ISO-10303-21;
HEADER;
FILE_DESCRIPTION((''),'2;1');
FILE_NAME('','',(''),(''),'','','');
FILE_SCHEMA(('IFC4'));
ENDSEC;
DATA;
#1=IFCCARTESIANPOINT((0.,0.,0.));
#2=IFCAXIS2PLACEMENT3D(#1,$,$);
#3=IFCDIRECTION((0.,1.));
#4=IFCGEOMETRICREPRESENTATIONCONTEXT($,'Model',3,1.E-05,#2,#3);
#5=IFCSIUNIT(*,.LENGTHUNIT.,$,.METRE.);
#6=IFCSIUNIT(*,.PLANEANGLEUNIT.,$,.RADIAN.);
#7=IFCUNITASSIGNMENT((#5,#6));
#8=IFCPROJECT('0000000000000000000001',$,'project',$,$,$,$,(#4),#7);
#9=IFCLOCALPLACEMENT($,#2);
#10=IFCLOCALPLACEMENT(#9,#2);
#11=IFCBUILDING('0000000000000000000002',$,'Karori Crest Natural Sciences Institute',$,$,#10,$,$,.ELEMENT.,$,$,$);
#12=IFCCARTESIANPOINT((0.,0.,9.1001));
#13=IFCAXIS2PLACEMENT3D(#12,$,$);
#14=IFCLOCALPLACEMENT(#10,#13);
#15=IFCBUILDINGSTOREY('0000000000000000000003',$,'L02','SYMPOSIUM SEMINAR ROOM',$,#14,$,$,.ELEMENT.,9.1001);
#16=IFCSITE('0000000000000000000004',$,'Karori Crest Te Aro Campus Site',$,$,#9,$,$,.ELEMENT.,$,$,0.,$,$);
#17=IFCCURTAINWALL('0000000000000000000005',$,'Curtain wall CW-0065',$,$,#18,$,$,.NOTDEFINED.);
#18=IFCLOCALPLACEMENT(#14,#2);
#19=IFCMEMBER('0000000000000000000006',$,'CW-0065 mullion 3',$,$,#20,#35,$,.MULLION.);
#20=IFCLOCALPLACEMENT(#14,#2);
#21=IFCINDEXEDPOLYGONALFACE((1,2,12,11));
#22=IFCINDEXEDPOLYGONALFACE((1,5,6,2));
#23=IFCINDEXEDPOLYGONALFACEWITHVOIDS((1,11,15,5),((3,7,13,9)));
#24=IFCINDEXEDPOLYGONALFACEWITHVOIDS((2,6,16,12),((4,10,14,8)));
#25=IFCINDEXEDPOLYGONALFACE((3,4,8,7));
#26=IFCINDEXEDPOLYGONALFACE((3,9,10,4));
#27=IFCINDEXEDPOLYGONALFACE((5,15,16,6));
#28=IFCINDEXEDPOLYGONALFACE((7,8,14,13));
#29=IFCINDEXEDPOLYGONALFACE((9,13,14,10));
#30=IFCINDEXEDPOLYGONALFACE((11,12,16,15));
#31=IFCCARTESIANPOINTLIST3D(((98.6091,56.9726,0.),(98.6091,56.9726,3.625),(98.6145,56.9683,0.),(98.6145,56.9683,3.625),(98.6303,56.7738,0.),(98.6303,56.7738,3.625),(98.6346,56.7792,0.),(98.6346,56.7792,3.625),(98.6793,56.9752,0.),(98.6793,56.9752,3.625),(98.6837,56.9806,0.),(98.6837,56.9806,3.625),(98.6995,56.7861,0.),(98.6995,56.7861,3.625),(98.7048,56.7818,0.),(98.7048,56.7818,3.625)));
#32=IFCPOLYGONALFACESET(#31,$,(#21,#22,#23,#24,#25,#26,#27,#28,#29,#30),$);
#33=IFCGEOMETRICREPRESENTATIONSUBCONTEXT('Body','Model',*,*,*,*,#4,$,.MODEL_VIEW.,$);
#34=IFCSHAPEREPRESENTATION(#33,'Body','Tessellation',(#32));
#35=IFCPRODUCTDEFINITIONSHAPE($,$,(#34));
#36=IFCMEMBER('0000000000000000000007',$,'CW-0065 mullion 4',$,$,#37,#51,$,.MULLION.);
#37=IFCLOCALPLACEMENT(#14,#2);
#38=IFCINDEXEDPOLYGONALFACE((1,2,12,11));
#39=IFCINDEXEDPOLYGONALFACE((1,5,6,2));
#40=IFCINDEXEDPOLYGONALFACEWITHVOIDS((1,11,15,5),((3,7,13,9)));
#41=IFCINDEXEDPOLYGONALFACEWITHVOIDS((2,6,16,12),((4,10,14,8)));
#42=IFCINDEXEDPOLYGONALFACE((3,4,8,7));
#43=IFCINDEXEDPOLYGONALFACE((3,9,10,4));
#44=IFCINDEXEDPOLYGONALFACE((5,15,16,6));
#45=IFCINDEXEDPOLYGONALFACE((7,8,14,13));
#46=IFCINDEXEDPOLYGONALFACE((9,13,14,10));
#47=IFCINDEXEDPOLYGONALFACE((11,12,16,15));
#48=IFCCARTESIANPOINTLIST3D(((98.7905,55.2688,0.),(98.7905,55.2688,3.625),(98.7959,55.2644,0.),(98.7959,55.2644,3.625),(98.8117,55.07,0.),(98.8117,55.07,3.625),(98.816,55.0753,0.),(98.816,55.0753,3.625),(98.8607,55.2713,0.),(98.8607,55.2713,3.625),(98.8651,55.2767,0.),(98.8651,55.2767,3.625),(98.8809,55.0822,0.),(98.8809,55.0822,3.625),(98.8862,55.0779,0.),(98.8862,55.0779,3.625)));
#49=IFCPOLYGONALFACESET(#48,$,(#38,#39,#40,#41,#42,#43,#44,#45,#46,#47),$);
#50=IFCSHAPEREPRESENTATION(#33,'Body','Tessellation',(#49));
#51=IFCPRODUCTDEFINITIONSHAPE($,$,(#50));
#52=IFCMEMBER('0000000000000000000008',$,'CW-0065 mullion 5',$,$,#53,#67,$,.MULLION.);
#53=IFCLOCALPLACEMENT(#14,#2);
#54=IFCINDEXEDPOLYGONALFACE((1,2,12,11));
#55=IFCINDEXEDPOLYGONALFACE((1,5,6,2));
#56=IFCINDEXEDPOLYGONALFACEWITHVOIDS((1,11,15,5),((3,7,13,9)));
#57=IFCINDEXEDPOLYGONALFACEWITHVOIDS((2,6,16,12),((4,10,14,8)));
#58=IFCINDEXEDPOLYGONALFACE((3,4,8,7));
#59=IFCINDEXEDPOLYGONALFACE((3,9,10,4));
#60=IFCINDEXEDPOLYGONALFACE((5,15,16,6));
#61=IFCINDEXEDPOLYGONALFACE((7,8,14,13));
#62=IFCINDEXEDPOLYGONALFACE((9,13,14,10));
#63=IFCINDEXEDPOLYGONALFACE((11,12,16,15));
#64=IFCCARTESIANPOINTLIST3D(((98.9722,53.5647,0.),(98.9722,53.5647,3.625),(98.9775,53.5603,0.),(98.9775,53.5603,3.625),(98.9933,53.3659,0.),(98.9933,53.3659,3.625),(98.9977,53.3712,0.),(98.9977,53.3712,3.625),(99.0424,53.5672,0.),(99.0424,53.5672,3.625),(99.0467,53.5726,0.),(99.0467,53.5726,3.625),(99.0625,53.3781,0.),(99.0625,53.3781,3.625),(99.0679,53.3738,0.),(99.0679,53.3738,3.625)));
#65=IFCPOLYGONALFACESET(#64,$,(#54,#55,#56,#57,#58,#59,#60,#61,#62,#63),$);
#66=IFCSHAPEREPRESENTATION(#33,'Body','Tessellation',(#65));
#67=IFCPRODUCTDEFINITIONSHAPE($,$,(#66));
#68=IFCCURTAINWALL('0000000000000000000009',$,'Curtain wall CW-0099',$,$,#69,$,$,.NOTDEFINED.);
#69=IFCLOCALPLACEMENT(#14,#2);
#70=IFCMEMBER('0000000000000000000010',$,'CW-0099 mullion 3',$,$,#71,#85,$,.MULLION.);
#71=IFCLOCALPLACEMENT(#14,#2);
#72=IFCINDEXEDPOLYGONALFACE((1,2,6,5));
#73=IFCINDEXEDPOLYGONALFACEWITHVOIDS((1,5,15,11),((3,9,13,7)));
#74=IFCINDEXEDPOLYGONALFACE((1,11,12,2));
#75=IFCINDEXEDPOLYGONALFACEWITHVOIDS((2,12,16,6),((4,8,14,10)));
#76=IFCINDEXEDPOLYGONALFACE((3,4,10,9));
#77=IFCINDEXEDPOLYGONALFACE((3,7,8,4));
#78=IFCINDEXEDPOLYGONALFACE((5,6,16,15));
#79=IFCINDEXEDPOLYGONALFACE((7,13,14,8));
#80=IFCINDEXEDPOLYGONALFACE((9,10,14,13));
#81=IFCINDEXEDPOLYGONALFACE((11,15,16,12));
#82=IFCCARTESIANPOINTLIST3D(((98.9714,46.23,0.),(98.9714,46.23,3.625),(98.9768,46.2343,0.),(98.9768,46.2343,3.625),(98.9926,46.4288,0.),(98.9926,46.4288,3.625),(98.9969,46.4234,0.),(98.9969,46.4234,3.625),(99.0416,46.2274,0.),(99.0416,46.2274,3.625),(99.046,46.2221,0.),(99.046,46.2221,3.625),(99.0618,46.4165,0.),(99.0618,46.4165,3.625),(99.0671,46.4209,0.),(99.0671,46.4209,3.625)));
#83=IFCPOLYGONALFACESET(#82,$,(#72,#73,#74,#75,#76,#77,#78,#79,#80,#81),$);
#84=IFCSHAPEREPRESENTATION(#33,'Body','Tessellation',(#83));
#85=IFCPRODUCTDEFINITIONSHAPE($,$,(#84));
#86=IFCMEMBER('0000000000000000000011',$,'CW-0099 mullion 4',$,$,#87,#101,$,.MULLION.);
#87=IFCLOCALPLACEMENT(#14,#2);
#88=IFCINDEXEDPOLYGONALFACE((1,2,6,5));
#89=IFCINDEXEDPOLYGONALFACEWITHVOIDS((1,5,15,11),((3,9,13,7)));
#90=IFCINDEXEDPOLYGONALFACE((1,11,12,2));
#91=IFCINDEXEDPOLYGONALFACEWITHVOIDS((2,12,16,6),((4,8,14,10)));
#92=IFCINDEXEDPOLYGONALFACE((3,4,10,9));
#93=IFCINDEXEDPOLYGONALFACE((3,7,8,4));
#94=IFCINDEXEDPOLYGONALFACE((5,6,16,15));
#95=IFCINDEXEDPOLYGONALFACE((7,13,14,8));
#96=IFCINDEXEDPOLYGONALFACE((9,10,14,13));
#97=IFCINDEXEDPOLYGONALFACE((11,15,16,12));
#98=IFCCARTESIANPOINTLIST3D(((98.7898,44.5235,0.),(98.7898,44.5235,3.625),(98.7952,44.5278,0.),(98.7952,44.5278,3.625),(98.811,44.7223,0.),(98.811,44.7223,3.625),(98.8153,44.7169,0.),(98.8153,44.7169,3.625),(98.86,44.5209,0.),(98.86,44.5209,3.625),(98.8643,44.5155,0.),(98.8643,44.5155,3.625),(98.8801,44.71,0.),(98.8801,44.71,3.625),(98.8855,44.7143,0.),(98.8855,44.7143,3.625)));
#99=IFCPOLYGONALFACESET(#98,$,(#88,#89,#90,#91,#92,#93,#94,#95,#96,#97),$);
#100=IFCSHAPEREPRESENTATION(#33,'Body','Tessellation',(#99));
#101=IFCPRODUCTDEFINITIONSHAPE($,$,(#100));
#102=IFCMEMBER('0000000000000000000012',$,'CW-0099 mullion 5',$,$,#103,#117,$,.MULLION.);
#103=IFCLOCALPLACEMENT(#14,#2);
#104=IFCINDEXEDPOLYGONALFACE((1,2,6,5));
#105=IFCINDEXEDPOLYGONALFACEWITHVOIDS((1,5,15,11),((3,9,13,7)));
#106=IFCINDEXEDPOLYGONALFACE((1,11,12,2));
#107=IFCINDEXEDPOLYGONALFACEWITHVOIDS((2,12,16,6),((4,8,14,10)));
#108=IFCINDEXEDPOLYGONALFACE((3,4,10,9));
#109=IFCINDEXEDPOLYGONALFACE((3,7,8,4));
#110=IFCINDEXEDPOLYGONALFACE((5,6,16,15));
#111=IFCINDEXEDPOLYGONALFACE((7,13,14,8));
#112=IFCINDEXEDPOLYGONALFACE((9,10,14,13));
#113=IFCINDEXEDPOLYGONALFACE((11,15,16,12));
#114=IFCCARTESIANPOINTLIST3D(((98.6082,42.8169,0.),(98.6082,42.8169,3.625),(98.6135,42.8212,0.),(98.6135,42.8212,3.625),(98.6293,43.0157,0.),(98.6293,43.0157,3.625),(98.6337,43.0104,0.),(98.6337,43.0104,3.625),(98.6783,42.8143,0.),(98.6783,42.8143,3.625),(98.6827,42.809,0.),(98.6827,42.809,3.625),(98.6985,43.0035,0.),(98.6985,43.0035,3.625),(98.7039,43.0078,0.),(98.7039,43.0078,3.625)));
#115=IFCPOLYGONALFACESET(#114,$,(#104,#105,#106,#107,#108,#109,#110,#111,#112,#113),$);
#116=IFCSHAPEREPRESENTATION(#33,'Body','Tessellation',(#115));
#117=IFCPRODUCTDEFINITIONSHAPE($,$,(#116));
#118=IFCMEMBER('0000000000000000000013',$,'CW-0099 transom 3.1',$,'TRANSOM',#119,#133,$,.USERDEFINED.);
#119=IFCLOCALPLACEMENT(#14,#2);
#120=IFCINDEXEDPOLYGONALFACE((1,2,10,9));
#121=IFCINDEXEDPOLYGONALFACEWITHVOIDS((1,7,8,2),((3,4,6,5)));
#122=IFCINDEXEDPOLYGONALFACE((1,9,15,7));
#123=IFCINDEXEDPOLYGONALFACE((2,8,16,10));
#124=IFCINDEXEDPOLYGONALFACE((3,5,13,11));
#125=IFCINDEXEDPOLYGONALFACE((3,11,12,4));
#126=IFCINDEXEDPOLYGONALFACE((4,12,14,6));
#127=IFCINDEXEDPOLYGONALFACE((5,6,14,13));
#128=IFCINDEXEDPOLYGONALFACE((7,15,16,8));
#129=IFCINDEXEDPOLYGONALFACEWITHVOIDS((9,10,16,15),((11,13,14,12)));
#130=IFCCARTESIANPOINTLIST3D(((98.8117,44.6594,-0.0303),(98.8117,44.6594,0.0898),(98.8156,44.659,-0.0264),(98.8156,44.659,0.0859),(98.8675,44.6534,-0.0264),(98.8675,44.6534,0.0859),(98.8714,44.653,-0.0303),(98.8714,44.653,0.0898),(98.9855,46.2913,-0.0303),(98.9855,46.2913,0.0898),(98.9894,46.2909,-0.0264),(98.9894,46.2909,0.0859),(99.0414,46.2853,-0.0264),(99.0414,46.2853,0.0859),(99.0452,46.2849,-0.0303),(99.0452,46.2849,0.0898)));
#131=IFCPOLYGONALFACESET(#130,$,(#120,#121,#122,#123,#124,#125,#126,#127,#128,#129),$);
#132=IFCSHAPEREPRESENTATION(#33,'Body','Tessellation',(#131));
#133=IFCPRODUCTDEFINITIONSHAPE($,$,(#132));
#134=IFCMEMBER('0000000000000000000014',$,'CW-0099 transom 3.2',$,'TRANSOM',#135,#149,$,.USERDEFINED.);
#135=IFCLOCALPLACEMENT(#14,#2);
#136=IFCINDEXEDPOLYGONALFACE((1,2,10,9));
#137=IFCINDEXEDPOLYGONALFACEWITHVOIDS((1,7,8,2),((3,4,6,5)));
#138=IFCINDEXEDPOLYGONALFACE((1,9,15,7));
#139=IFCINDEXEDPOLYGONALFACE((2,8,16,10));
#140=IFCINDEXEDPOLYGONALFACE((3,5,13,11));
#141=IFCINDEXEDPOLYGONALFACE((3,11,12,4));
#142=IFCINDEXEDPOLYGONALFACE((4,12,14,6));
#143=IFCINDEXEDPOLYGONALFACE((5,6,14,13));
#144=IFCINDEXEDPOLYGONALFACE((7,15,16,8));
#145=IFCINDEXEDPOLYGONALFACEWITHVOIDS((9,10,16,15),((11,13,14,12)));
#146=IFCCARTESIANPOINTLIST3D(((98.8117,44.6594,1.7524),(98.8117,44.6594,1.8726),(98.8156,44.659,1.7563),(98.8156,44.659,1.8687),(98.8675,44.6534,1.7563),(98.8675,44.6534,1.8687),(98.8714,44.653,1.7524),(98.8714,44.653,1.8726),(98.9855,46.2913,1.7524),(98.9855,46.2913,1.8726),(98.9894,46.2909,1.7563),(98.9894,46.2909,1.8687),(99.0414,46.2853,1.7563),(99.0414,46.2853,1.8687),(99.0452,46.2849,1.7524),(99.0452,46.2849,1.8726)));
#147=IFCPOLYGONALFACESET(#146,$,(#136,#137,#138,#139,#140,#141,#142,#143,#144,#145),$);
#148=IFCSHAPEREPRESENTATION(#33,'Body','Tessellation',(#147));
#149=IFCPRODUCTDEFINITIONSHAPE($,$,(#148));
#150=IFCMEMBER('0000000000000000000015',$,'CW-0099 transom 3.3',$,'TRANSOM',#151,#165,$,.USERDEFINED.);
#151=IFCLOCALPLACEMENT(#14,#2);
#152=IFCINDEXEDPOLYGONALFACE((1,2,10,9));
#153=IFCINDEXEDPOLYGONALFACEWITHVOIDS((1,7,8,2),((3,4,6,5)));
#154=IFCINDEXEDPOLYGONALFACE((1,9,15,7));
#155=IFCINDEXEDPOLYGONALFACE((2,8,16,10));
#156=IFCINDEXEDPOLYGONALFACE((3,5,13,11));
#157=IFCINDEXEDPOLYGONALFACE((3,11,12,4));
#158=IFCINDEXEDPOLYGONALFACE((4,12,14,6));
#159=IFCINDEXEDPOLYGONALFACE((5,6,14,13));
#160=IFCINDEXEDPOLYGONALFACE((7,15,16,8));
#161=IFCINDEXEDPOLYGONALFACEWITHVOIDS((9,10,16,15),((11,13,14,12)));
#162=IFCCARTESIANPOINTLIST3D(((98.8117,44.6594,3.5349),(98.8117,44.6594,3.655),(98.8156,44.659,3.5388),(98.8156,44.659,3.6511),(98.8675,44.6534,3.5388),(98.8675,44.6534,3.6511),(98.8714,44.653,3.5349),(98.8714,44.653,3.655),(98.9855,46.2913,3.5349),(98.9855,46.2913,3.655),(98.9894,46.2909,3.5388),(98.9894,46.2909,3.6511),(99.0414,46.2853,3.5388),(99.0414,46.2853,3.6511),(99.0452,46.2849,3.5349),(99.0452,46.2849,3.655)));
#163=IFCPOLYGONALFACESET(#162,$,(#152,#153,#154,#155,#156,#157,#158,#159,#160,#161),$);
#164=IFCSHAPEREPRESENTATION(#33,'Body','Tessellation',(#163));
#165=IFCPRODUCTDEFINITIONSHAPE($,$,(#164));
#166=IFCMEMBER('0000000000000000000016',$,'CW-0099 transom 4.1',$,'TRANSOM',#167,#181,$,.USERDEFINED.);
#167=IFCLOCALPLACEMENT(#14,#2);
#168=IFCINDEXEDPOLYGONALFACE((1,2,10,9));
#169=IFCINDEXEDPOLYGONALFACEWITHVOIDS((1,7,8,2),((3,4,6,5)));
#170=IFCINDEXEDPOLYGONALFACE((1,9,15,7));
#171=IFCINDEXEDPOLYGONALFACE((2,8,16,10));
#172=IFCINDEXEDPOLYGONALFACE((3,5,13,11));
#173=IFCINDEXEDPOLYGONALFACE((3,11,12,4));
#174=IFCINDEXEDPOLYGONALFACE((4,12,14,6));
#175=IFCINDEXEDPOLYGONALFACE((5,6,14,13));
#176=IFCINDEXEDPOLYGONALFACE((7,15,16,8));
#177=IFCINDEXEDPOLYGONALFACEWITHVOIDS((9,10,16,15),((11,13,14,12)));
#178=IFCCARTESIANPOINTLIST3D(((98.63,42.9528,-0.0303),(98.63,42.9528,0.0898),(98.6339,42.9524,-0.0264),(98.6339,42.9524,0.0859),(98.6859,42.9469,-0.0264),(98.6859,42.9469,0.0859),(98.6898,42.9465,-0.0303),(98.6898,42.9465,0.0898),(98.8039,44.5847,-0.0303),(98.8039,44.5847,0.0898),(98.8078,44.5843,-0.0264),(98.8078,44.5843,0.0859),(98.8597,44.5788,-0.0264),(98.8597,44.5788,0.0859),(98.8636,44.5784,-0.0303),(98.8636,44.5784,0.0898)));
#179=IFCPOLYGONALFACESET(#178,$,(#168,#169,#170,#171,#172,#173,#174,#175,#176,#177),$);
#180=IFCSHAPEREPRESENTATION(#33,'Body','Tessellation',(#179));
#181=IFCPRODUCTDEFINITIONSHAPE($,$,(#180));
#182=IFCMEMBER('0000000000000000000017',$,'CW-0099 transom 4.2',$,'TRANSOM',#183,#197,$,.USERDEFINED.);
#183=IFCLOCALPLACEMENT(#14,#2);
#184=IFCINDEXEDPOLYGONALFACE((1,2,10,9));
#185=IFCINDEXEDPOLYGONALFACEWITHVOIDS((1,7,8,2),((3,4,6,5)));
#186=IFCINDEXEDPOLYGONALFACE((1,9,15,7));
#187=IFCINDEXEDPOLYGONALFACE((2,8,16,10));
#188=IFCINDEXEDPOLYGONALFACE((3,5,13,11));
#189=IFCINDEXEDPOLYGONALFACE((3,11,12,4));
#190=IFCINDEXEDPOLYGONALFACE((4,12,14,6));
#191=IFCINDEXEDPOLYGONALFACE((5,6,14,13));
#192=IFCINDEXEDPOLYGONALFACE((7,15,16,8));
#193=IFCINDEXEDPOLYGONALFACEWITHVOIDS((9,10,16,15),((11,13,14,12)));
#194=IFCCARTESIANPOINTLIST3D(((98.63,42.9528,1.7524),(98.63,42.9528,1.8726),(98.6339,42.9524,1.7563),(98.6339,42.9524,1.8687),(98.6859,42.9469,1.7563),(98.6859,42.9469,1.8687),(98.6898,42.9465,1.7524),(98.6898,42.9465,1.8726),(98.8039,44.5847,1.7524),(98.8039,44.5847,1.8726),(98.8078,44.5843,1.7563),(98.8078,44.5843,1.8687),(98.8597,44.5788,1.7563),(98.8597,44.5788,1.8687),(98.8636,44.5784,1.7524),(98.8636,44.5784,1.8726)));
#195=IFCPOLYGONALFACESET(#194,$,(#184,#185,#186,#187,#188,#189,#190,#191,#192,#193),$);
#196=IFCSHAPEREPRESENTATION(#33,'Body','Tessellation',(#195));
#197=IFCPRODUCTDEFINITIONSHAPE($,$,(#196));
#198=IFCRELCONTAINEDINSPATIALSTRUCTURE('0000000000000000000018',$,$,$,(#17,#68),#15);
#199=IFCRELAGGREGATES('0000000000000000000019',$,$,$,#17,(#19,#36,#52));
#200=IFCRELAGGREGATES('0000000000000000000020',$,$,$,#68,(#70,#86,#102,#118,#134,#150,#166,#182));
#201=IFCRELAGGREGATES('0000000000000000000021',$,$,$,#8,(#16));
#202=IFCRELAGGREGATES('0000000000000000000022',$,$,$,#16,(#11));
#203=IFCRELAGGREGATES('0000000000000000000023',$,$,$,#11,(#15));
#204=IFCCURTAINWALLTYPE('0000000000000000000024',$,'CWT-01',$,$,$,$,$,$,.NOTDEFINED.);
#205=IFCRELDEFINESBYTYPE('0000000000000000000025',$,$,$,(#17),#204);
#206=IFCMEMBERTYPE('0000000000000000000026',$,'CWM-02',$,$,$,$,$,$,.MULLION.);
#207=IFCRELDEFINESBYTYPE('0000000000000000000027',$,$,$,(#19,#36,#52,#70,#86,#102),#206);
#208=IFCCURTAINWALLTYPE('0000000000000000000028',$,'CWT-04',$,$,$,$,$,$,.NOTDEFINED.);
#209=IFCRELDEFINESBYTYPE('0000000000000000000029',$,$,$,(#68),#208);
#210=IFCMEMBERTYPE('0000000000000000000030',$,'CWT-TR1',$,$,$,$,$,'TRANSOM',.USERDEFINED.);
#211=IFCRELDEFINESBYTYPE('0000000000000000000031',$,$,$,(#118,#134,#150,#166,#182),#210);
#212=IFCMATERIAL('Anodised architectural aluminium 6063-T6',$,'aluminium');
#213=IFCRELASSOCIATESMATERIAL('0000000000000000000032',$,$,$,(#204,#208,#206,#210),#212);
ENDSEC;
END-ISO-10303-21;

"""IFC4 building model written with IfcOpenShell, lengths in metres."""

from ifc_helpers import new_model, si_unit, direction, frame, origin, origin_2d, place, context, subcontext, project, spatial, hollow_rectangle, extrude, material, material_profile, profile_set, type_object, element, aggregate, save


model = new_model("IFC4")

# Units and contexts
model_context = context("Model", 3, precision=1e-05, world=origin(), true_north=direction((0.0, 1.0)))
body_context = subcontext(model_context, "Body", "Model", "MODEL_VIEW")
ifc_project = project(units=[si_unit("LENGTHUNIT", "METRE"), si_unit("PLANEANGLEUNIT", "RADIAN")], contexts=[model_context])

# Site, building, storey
site_placement = place(None, origin())
site = spatial("IfcSite", under=ifc_project, at=site_placement, Name="Karori Crest Te Aro Campus Site", CompositionType="ELEMENT", RefElevation=0.0)
building_placement = place(site_placement, origin())
building = spatial("IfcBuilding", under=site, at=building_placement, Name="Karori Crest Natural Sciences Institute", CompositionType="ELEMENT")
storey_placement = place(building_placement, frame((0.0, 0.0, 9.1001)))
storey = spatial("IfcBuildingStorey", under=building, at=storey_placement, Name="L02", Description="SYMPOSIUM SEMINAR ROOM", CompositionType="ELEMENT", Elevation=9.1001)

# Curtain walls, members
ifc_material_1 = material(Name="Anodised architectural aluminium 6063-T6", Category="aluminium")
curtain_wall_type_1 = type_object("IfcCurtainWallType", Name="CWT-01", PredefinedType="NOTDEFINED", material=ifc_material_1)
curtain_wall_1_placement = place(storey_placement, origin())
curtain_wall_1 = element("IfcCurtainWall", 1, at=curtain_wall_1_placement, inside=storey, type_object=curtain_wall_type_1, Name="Curtain wall CW-0065", PredefinedType="NOTDEFINED")
ifc_material_profile_1 = material_profile(ifc_material_1, hollow_rectangle(XDim=0.075, YDim=0.2, WallThickness=0.0049, at=origin_2d()), Name="CWM200x75x5")
ifc_profile_set_1 = profile_set([ifc_material_profile_1], Name="Anodised architectural aluminium 6063-T6")
member_type_1 = type_object("IfcMemberType", Name="CWM-02", PredefinedType="MULLION", material=ifc_profile_set_1)
member_1_placement = place(storey_placement, frame((98.657, 56.8772, 0.0), z_axis=(0.0, 0.0, 1.0), x_axis=(0.994379, 0.105882, 0.0)))
member_1 = element("IfcMember", 2, at=member_1_placement, type_object=member_type_1, Name="CW-0065 mullion 3", PredefinedType="MULLION", context=body_context, shape_type="SweptSolid", body=[
    extrude(hollow_rectangle(XDim=0.075, YDim=0.2, WallThickness=0.0049, at=origin_2d()), origin(), (0.0, 0.0, 1.0), 3.625),
])
member_2_placement = place(storey_placement, frame((98.8384, 55.1733, 0.0), z_axis=(0.0, 0.0, 1.0), x_axis=(0.994379, 0.105882, 0.0)))
member_2 = element("IfcMember", 3, at=member_2_placement, type_object=member_type_1, Name="CW-0065 mullion 4", PredefinedType="MULLION", context=body_context, shape_type="SweptSolid", body=[
    extrude(hollow_rectangle(XDim=0.075, YDim=0.2, WallThickness=0.0049, at=origin_2d()), origin(), (0.0, 0.0, 1.0), 3.625),
])
member_3_placement = place(storey_placement, frame((99.02, 53.4692, 0.0), z_axis=(0.0, 0.0, 1.0), x_axis=(0.994379, 0.105882, 0.0)))
member_3 = element("IfcMember", 4, at=member_3_placement, type_object=member_type_1, Name="CW-0065 mullion 5", PredefinedType="MULLION", context=body_context, shape_type="SweptSolid", body=[
    extrude(hollow_rectangle(XDim=0.075, YDim=0.2, WallThickness=0.0049, at=origin_2d()), origin(), (0.0, 0.0, 1.0), 3.625),
])
curtain_wall_type_2 = type_object("IfcCurtainWallType", Name="CWT-04", PredefinedType="NOTDEFINED", material=ifc_material_1)
curtain_wall_2_placement = place(storey_placement, origin())
curtain_wall_2 = element("IfcCurtainWall", 5, at=curtain_wall_2_placement, inside=storey, type_object=curtain_wall_type_2, Name="Curtain wall CW-0099", PredefinedType="NOTDEFINED")
member_4_placement = place(storey_placement, frame((99.0193, 46.3254, 0.0), z_axis=(0.0, 0.0, 1.0), x_axis=(0.994378, -0.105884, 0.0)))
member_4 = element("IfcMember", 6, at=member_4_placement, type_object=member_type_1, Name="CW-0099 mullion 3", PredefinedType="MULLION", context=body_context, shape_type="SweptSolid", body=[
    extrude(hollow_rectangle(XDim=0.075, YDim=0.2, WallThickness=0.0049, at=origin_2d()), origin(), (0.0, 0.0, 1.0), 3.625),
])
member_5_placement = place(storey_placement, frame((98.8376, 44.6189, 0.0), z_axis=(0.0, 0.0, 1.0), x_axis=(0.994378, -0.105884, 0.0)))
member_5 = element("IfcMember", 7, at=member_5_placement, type_object=member_type_1, Name="CW-0099 mullion 4", PredefinedType="MULLION", context=body_context, shape_type="SweptSolid", body=[
    extrude(hollow_rectangle(XDim=0.075, YDim=0.2, WallThickness=0.0049, at=origin_2d()), origin(), (0.0, 0.0, 1.0), 3.625),
])
member_6_placement = place(storey_placement, frame((98.656, 42.9124, 0.0), z_axis=(0.0, 0.0, 1.0), x_axis=(0.994378, -0.105884, 0.0)))
member_6 = element("IfcMember", 8, at=member_6_placement, type_object=member_type_1, Name="CW-0099 mullion 5", PredefinedType="MULLION", context=body_context, shape_type="SweptSolid", body=[
    extrude(hollow_rectangle(XDim=0.075, YDim=0.2, WallThickness=0.0049, at=origin_2d()), origin(), (0.0, 0.0, 1.0), 3.625),
])
ifc_material_profile_2 = material_profile(ifc_material_1, hollow_rectangle(XDim=0.0601, YDim=0.1201, WallThickness=0.0039, at=origin_2d()), Name="CWT120x60x4")
ifc_profile_set_2 = profile_set([ifc_material_profile_2], Name="Anodised architectural aluminium 6063-T6")
member_type_2 = type_object("IfcMemberType", Name="CWT-TR1", ElementType="TRANSOM", PredefinedType="USERDEFINED", material=ifc_profile_set_2)
member_7_placement = place(storey_placement, frame((99.0154, 46.2881, 0.0298), z_axis=(-0.105924, -0.994374, 0.0), x_axis=(0.994374, -0.105924, 0.0)))
member_7 = element("IfcMember", 9, at=member_7_placement, type_object=member_type_2, Name="CW-0099 transom 3.1", ObjectType="TRANSOM", PredefinedType="USERDEFINED", context=body_context, shape_type="SweptSolid", body=[
    extrude(hollow_rectangle(XDim=0.0601, YDim=0.1201, WallThickness=0.0039, at=origin_2d()), origin(), (0.0, 0.0, 1.0), 1.6411),
])
member_8_placement = place(storey_placement, frame((99.0154, 46.2881, 1.8125), z_axis=(-0.105924, -0.994374, 0.0), x_axis=(0.994374, -0.105924, 0.0)))
member_8 = element("IfcMember", 10, at=member_8_placement, type_object=member_type_2, Name="CW-0099 transom 3.2", ObjectType="TRANSOM", PredefinedType="USERDEFINED", context=body_context, shape_type="SweptSolid", body=[
    extrude(hollow_rectangle(XDim=0.0601, YDim=0.1201, WallThickness=0.0039, at=origin_2d()), origin(), (0.0, 0.0, 1.0), 1.6411),
])
member_9_placement = place(storey_placement, frame((99.0154, 46.2881, 3.595), z_axis=(-0.105924, -0.994374, 0.0), x_axis=(0.994374, -0.105924, 0.0)))
member_9 = element("IfcMember", 11, at=member_9_placement, type_object=member_type_2, Name="CW-0099 transom 3.3", ObjectType="TRANSOM", PredefinedType="USERDEFINED", context=body_context, shape_type="SweptSolid", body=[
    extrude(hollow_rectangle(XDim=0.0601, YDim=0.1201, WallThickness=0.0039, at=origin_2d()), origin(), (0.0, 0.0, 1.0), 1.6411),
])
member_10_placement = place(storey_placement, frame((98.8337, 44.5815, 0.0298), z_axis=(-0.105924, -0.994374, 0.0), x_axis=(0.994374, -0.105924, 0.0)))
member_10 = element("IfcMember", 12, at=member_10_placement, type_object=member_type_2, Name="CW-0099 transom 4.1", ObjectType="TRANSOM", PredefinedType="USERDEFINED", context=body_context, shape_type="SweptSolid", body=[
    extrude(hollow_rectangle(XDim=0.0601, YDim=0.1201, WallThickness=0.0039, at=origin_2d()), origin(), (0.0, 0.0, 1.0), 1.6411),
])
member_11_placement = place(storey_placement, frame((98.8337, 44.5815, 1.8125), z_axis=(-0.105924, -0.994374, 0.0), x_axis=(0.994374, -0.105924, 0.0)))
member_11 = element("IfcMember", 13, at=member_11_placement, type_object=member_type_2, Name="CW-0099 transom 4.2", ObjectType="TRANSOM", PredefinedType="USERDEFINED", context=body_context, shape_type="SweptSolid", body=[
    extrude(hollow_rectangle(XDim=0.0601, YDim=0.1201, WallThickness=0.0039, at=origin_2d()), origin(), (0.0, 0.0, 1.0), 1.6411),
])

aggregate(curtain_wall_1, [member_1, member_2, member_3])
aggregate(curtain_wall_2, [member_4, member_5, member_6, member_7, member_8, member_9, member_10, member_11])

save(model, "model.ifc")
